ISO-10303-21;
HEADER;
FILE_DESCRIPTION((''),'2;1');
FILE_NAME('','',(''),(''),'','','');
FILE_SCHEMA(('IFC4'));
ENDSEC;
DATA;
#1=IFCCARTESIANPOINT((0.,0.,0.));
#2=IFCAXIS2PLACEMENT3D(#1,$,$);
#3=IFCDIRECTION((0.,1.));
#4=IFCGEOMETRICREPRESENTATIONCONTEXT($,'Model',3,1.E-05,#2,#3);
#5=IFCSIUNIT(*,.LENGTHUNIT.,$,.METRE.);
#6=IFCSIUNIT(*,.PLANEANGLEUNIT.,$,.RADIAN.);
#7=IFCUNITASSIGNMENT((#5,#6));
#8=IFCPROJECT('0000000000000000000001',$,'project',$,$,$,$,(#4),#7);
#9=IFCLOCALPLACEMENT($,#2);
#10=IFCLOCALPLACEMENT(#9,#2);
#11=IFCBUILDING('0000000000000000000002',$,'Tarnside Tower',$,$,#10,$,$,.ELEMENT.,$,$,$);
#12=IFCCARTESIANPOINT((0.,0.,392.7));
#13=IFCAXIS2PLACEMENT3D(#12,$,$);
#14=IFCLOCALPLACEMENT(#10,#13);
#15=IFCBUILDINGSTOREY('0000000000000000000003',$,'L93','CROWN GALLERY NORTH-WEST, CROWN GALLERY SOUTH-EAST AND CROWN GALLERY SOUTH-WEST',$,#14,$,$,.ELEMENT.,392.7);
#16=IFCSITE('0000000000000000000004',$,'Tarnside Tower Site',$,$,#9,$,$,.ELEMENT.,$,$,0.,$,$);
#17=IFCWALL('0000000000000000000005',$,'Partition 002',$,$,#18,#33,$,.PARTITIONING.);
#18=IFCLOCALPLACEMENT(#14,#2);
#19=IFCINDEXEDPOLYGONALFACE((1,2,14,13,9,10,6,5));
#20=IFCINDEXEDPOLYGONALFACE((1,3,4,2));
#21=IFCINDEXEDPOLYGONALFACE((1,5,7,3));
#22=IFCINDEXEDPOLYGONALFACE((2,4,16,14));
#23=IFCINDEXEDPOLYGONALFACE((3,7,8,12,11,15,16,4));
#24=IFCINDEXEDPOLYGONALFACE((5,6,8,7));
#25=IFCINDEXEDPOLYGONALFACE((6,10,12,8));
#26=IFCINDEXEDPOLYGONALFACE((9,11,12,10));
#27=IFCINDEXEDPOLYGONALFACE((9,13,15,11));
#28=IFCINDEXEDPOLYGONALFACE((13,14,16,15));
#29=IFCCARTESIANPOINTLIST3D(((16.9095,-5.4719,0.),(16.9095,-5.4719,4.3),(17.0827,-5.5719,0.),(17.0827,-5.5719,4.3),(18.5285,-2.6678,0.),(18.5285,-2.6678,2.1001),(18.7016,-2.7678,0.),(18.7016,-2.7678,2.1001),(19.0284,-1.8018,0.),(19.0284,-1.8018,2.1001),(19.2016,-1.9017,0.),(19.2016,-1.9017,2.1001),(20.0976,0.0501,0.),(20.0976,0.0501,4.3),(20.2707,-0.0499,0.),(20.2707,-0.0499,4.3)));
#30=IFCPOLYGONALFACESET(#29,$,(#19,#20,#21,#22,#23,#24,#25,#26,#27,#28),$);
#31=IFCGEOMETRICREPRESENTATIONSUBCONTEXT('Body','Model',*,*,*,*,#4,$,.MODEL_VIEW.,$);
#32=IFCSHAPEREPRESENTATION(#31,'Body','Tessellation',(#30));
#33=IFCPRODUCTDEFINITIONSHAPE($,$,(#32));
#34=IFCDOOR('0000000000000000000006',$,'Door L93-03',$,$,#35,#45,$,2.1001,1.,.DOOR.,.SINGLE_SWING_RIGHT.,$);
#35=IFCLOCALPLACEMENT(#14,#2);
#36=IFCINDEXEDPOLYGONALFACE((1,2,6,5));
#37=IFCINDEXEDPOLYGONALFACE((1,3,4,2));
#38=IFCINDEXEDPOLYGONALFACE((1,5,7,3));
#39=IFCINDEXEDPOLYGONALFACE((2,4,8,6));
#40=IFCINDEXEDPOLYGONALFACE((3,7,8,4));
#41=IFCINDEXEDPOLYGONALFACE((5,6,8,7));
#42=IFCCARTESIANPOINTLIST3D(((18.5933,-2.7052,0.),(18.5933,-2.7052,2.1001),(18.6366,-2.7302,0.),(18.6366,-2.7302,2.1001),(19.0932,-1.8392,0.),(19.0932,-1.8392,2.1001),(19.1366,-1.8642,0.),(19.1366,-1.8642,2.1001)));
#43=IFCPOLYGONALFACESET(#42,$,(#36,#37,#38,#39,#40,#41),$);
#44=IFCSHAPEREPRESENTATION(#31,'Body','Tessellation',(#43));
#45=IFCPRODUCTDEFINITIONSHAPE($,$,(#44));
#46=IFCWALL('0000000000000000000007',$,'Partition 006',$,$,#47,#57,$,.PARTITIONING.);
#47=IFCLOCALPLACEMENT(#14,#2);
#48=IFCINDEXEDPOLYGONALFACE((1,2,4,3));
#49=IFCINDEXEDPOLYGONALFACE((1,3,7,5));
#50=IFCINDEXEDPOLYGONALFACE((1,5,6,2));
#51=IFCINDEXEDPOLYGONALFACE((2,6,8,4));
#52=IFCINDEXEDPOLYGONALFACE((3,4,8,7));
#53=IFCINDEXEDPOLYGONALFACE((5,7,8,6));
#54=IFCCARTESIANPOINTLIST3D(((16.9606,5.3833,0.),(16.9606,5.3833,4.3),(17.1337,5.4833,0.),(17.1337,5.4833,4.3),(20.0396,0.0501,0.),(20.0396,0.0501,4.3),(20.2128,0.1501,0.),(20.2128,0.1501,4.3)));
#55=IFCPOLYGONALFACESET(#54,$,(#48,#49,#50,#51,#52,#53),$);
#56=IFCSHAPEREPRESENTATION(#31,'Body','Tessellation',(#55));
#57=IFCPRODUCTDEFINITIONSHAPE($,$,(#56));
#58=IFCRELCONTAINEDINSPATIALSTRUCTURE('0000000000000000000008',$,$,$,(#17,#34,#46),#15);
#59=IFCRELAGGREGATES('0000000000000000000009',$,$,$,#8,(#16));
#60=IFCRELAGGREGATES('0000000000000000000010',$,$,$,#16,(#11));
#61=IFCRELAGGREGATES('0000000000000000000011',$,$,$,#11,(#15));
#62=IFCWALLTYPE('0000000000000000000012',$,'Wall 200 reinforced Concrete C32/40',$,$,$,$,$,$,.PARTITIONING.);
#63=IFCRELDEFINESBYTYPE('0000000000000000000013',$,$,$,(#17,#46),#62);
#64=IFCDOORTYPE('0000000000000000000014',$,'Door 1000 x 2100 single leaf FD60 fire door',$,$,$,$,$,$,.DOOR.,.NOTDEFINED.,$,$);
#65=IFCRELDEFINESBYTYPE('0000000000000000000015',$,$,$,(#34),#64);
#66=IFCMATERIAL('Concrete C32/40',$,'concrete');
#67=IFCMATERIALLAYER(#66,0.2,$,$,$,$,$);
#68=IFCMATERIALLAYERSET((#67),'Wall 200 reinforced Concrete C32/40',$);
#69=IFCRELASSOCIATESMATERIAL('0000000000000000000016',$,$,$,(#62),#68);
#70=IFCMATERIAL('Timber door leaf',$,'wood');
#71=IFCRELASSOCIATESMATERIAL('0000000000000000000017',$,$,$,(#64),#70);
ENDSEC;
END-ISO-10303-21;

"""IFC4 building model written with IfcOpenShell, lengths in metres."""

from ifc_helpers import new_model, si_unit, direction, frame, frame_2d, origin, place, context, subcontext, project, spatial, rectangle, extrude, material, layer, layer_set, type_object, element, fill, save


model = new_model("IFC4")

# Units and contexts
model_context = context("Model", 3, precision=1e-05, world=origin(), true_north=direction((0.0, 1.0)))
body_context = subcontext(model_context, "Body", "Model", "MODEL_VIEW")
ifc_project = project(units=[si_unit("LENGTHUNIT", "METRE"), si_unit("PLANEANGLEUNIT", "RADIAN")], contexts=[model_context])

# Site, building, storey
site_placement = place(None, origin())
site = spatial("IfcSite", under=ifc_project, at=site_placement, Name="Tarnside Tower Site", CompositionType="ELEMENT", RefElevation=0.0)
building_placement = place(site_placement, origin())
building = spatial("IfcBuilding", under=site, at=building_placement, Name="Tarnside Tower", CompositionType="ELEMENT")
storey_placement = place(building_placement, frame((0.0, 0.0, 392.7)))
storey = spatial("IfcBuildingStorey", under=building, at=storey_placement, Name="L93", Description="CROWN GALLERY NORTH-WEST, CROWN GALLERY SOUTH-EAST AND CROWN GALLERY SOUTH-WEST", CompositionType="ELEMENT", Elevation=392.7)

# Wall, opening, door
ifc_material_1 = material(Name="Concrete C32/40", Category="concrete")
ifc_layer_1 = layer(ifc_material_1, 0.2)
ifc_layer_set_1 = layer_set([ifc_layer_1], Name="Wall 200 reinforced Concrete C32/40")
wall_type_1 = type_object("IfcWallType", Name="Wall 200 reinforced Concrete C32/40", PredefinedType="PARTITIONING", material=ifc_layer_set_1)
wall_1_placement = place(storey_placement, frame((20.1841, 0.0, 0.0), z_axis=(0.0, 0.0, 1.0), x_axis=(-0.499985, -0.866034, 0.0)))
wall_1 = element("IfcWall", 1, at=wall_1_placement, inside=storey, type_object=wall_type_1, Name="Partition 002", PredefinedType="PARTITIONING", context=body_context, shape_type="SweptSolid", body=[
    extrude(rectangle(XDim=6.3762, YDim=0.2, at=frame_2d((3.188, 0.0))), origin(), (0.0, 0.0, 1.0), 4.3),
])
opening_1_placement = place(wall_1_placement, frame((2.1382, 0.0, 0.0)))
opening_1 = element("IfcOpeningElement", 2, at=opening_1_placement, cuts=wall_1, PredefinedType="OPENING", context=body_context, shape_type="SweptSolid", body=[
    extrude(rectangle(XDim=1.0, YDim=2.1001, at=frame_2d((0.5, 1.05))), frame((0.0, 0.1099, 0.0), z_axis=(0.0, -1.0, 0.0), x_axis=(1.0, 0.0, 0.0)), (0.0, 0.0, 1.0), 0.22),
])
ifc_material_2 = material(Name="Timber door leaf", Category="wood")
door_type_1 = type_object("IfcDoorType", Name="Door 1000 x 2100 single leaf FD60 fire door", OperationType="NOTDEFINED", PredefinedType="DOOR", material=ifc_material_2)
door_1_placement = place(opening_1_placement, origin())
door_1 = element("IfcDoor", 3, at=door_1_placement, inside=storey, type_object=door_type_1, Name="Door L93-03", OperationType="SINGLE_SWING_RIGHT", OverallHeight=2.1001, OverallWidth=1.0, PredefinedType="DOOR", context=body_context, shape_type="SweptSolid", body=[
    extrude(rectangle(XDim=1.0, YDim=2.1001, at=frame_2d((0.5, 1.05))), frame((0.0, 0.0249, 0.0), z_axis=(0.0, -1.0, 0.0), x_axis=(1.0, 0.0, 0.0)), (0.0, 0.0, 1.0), 0.05),
])
fill(opening_1, door_1)

# Wall
wall_2_placement = place(storey_placement, frame((20.1262, 0.1001, 0.0), z_axis=(0.0, 0.0, 1.0), x_axis=(-0.499994, 0.866029, 0.0)))
element("IfcWall", 4, at=wall_2_placement, inside=storey, type_object=wall_type_1, Name="Partition 006", PredefinedType="PARTITIONING", context=body_context, shape_type="SweptSolid", body=[
    extrude(rectangle(XDim=6.1582, YDim=0.2, at=frame_2d((3.0791, 0.0))), origin(), (0.0, 0.0, 1.0), 4.3),
])

save(model, "model.ifc")
